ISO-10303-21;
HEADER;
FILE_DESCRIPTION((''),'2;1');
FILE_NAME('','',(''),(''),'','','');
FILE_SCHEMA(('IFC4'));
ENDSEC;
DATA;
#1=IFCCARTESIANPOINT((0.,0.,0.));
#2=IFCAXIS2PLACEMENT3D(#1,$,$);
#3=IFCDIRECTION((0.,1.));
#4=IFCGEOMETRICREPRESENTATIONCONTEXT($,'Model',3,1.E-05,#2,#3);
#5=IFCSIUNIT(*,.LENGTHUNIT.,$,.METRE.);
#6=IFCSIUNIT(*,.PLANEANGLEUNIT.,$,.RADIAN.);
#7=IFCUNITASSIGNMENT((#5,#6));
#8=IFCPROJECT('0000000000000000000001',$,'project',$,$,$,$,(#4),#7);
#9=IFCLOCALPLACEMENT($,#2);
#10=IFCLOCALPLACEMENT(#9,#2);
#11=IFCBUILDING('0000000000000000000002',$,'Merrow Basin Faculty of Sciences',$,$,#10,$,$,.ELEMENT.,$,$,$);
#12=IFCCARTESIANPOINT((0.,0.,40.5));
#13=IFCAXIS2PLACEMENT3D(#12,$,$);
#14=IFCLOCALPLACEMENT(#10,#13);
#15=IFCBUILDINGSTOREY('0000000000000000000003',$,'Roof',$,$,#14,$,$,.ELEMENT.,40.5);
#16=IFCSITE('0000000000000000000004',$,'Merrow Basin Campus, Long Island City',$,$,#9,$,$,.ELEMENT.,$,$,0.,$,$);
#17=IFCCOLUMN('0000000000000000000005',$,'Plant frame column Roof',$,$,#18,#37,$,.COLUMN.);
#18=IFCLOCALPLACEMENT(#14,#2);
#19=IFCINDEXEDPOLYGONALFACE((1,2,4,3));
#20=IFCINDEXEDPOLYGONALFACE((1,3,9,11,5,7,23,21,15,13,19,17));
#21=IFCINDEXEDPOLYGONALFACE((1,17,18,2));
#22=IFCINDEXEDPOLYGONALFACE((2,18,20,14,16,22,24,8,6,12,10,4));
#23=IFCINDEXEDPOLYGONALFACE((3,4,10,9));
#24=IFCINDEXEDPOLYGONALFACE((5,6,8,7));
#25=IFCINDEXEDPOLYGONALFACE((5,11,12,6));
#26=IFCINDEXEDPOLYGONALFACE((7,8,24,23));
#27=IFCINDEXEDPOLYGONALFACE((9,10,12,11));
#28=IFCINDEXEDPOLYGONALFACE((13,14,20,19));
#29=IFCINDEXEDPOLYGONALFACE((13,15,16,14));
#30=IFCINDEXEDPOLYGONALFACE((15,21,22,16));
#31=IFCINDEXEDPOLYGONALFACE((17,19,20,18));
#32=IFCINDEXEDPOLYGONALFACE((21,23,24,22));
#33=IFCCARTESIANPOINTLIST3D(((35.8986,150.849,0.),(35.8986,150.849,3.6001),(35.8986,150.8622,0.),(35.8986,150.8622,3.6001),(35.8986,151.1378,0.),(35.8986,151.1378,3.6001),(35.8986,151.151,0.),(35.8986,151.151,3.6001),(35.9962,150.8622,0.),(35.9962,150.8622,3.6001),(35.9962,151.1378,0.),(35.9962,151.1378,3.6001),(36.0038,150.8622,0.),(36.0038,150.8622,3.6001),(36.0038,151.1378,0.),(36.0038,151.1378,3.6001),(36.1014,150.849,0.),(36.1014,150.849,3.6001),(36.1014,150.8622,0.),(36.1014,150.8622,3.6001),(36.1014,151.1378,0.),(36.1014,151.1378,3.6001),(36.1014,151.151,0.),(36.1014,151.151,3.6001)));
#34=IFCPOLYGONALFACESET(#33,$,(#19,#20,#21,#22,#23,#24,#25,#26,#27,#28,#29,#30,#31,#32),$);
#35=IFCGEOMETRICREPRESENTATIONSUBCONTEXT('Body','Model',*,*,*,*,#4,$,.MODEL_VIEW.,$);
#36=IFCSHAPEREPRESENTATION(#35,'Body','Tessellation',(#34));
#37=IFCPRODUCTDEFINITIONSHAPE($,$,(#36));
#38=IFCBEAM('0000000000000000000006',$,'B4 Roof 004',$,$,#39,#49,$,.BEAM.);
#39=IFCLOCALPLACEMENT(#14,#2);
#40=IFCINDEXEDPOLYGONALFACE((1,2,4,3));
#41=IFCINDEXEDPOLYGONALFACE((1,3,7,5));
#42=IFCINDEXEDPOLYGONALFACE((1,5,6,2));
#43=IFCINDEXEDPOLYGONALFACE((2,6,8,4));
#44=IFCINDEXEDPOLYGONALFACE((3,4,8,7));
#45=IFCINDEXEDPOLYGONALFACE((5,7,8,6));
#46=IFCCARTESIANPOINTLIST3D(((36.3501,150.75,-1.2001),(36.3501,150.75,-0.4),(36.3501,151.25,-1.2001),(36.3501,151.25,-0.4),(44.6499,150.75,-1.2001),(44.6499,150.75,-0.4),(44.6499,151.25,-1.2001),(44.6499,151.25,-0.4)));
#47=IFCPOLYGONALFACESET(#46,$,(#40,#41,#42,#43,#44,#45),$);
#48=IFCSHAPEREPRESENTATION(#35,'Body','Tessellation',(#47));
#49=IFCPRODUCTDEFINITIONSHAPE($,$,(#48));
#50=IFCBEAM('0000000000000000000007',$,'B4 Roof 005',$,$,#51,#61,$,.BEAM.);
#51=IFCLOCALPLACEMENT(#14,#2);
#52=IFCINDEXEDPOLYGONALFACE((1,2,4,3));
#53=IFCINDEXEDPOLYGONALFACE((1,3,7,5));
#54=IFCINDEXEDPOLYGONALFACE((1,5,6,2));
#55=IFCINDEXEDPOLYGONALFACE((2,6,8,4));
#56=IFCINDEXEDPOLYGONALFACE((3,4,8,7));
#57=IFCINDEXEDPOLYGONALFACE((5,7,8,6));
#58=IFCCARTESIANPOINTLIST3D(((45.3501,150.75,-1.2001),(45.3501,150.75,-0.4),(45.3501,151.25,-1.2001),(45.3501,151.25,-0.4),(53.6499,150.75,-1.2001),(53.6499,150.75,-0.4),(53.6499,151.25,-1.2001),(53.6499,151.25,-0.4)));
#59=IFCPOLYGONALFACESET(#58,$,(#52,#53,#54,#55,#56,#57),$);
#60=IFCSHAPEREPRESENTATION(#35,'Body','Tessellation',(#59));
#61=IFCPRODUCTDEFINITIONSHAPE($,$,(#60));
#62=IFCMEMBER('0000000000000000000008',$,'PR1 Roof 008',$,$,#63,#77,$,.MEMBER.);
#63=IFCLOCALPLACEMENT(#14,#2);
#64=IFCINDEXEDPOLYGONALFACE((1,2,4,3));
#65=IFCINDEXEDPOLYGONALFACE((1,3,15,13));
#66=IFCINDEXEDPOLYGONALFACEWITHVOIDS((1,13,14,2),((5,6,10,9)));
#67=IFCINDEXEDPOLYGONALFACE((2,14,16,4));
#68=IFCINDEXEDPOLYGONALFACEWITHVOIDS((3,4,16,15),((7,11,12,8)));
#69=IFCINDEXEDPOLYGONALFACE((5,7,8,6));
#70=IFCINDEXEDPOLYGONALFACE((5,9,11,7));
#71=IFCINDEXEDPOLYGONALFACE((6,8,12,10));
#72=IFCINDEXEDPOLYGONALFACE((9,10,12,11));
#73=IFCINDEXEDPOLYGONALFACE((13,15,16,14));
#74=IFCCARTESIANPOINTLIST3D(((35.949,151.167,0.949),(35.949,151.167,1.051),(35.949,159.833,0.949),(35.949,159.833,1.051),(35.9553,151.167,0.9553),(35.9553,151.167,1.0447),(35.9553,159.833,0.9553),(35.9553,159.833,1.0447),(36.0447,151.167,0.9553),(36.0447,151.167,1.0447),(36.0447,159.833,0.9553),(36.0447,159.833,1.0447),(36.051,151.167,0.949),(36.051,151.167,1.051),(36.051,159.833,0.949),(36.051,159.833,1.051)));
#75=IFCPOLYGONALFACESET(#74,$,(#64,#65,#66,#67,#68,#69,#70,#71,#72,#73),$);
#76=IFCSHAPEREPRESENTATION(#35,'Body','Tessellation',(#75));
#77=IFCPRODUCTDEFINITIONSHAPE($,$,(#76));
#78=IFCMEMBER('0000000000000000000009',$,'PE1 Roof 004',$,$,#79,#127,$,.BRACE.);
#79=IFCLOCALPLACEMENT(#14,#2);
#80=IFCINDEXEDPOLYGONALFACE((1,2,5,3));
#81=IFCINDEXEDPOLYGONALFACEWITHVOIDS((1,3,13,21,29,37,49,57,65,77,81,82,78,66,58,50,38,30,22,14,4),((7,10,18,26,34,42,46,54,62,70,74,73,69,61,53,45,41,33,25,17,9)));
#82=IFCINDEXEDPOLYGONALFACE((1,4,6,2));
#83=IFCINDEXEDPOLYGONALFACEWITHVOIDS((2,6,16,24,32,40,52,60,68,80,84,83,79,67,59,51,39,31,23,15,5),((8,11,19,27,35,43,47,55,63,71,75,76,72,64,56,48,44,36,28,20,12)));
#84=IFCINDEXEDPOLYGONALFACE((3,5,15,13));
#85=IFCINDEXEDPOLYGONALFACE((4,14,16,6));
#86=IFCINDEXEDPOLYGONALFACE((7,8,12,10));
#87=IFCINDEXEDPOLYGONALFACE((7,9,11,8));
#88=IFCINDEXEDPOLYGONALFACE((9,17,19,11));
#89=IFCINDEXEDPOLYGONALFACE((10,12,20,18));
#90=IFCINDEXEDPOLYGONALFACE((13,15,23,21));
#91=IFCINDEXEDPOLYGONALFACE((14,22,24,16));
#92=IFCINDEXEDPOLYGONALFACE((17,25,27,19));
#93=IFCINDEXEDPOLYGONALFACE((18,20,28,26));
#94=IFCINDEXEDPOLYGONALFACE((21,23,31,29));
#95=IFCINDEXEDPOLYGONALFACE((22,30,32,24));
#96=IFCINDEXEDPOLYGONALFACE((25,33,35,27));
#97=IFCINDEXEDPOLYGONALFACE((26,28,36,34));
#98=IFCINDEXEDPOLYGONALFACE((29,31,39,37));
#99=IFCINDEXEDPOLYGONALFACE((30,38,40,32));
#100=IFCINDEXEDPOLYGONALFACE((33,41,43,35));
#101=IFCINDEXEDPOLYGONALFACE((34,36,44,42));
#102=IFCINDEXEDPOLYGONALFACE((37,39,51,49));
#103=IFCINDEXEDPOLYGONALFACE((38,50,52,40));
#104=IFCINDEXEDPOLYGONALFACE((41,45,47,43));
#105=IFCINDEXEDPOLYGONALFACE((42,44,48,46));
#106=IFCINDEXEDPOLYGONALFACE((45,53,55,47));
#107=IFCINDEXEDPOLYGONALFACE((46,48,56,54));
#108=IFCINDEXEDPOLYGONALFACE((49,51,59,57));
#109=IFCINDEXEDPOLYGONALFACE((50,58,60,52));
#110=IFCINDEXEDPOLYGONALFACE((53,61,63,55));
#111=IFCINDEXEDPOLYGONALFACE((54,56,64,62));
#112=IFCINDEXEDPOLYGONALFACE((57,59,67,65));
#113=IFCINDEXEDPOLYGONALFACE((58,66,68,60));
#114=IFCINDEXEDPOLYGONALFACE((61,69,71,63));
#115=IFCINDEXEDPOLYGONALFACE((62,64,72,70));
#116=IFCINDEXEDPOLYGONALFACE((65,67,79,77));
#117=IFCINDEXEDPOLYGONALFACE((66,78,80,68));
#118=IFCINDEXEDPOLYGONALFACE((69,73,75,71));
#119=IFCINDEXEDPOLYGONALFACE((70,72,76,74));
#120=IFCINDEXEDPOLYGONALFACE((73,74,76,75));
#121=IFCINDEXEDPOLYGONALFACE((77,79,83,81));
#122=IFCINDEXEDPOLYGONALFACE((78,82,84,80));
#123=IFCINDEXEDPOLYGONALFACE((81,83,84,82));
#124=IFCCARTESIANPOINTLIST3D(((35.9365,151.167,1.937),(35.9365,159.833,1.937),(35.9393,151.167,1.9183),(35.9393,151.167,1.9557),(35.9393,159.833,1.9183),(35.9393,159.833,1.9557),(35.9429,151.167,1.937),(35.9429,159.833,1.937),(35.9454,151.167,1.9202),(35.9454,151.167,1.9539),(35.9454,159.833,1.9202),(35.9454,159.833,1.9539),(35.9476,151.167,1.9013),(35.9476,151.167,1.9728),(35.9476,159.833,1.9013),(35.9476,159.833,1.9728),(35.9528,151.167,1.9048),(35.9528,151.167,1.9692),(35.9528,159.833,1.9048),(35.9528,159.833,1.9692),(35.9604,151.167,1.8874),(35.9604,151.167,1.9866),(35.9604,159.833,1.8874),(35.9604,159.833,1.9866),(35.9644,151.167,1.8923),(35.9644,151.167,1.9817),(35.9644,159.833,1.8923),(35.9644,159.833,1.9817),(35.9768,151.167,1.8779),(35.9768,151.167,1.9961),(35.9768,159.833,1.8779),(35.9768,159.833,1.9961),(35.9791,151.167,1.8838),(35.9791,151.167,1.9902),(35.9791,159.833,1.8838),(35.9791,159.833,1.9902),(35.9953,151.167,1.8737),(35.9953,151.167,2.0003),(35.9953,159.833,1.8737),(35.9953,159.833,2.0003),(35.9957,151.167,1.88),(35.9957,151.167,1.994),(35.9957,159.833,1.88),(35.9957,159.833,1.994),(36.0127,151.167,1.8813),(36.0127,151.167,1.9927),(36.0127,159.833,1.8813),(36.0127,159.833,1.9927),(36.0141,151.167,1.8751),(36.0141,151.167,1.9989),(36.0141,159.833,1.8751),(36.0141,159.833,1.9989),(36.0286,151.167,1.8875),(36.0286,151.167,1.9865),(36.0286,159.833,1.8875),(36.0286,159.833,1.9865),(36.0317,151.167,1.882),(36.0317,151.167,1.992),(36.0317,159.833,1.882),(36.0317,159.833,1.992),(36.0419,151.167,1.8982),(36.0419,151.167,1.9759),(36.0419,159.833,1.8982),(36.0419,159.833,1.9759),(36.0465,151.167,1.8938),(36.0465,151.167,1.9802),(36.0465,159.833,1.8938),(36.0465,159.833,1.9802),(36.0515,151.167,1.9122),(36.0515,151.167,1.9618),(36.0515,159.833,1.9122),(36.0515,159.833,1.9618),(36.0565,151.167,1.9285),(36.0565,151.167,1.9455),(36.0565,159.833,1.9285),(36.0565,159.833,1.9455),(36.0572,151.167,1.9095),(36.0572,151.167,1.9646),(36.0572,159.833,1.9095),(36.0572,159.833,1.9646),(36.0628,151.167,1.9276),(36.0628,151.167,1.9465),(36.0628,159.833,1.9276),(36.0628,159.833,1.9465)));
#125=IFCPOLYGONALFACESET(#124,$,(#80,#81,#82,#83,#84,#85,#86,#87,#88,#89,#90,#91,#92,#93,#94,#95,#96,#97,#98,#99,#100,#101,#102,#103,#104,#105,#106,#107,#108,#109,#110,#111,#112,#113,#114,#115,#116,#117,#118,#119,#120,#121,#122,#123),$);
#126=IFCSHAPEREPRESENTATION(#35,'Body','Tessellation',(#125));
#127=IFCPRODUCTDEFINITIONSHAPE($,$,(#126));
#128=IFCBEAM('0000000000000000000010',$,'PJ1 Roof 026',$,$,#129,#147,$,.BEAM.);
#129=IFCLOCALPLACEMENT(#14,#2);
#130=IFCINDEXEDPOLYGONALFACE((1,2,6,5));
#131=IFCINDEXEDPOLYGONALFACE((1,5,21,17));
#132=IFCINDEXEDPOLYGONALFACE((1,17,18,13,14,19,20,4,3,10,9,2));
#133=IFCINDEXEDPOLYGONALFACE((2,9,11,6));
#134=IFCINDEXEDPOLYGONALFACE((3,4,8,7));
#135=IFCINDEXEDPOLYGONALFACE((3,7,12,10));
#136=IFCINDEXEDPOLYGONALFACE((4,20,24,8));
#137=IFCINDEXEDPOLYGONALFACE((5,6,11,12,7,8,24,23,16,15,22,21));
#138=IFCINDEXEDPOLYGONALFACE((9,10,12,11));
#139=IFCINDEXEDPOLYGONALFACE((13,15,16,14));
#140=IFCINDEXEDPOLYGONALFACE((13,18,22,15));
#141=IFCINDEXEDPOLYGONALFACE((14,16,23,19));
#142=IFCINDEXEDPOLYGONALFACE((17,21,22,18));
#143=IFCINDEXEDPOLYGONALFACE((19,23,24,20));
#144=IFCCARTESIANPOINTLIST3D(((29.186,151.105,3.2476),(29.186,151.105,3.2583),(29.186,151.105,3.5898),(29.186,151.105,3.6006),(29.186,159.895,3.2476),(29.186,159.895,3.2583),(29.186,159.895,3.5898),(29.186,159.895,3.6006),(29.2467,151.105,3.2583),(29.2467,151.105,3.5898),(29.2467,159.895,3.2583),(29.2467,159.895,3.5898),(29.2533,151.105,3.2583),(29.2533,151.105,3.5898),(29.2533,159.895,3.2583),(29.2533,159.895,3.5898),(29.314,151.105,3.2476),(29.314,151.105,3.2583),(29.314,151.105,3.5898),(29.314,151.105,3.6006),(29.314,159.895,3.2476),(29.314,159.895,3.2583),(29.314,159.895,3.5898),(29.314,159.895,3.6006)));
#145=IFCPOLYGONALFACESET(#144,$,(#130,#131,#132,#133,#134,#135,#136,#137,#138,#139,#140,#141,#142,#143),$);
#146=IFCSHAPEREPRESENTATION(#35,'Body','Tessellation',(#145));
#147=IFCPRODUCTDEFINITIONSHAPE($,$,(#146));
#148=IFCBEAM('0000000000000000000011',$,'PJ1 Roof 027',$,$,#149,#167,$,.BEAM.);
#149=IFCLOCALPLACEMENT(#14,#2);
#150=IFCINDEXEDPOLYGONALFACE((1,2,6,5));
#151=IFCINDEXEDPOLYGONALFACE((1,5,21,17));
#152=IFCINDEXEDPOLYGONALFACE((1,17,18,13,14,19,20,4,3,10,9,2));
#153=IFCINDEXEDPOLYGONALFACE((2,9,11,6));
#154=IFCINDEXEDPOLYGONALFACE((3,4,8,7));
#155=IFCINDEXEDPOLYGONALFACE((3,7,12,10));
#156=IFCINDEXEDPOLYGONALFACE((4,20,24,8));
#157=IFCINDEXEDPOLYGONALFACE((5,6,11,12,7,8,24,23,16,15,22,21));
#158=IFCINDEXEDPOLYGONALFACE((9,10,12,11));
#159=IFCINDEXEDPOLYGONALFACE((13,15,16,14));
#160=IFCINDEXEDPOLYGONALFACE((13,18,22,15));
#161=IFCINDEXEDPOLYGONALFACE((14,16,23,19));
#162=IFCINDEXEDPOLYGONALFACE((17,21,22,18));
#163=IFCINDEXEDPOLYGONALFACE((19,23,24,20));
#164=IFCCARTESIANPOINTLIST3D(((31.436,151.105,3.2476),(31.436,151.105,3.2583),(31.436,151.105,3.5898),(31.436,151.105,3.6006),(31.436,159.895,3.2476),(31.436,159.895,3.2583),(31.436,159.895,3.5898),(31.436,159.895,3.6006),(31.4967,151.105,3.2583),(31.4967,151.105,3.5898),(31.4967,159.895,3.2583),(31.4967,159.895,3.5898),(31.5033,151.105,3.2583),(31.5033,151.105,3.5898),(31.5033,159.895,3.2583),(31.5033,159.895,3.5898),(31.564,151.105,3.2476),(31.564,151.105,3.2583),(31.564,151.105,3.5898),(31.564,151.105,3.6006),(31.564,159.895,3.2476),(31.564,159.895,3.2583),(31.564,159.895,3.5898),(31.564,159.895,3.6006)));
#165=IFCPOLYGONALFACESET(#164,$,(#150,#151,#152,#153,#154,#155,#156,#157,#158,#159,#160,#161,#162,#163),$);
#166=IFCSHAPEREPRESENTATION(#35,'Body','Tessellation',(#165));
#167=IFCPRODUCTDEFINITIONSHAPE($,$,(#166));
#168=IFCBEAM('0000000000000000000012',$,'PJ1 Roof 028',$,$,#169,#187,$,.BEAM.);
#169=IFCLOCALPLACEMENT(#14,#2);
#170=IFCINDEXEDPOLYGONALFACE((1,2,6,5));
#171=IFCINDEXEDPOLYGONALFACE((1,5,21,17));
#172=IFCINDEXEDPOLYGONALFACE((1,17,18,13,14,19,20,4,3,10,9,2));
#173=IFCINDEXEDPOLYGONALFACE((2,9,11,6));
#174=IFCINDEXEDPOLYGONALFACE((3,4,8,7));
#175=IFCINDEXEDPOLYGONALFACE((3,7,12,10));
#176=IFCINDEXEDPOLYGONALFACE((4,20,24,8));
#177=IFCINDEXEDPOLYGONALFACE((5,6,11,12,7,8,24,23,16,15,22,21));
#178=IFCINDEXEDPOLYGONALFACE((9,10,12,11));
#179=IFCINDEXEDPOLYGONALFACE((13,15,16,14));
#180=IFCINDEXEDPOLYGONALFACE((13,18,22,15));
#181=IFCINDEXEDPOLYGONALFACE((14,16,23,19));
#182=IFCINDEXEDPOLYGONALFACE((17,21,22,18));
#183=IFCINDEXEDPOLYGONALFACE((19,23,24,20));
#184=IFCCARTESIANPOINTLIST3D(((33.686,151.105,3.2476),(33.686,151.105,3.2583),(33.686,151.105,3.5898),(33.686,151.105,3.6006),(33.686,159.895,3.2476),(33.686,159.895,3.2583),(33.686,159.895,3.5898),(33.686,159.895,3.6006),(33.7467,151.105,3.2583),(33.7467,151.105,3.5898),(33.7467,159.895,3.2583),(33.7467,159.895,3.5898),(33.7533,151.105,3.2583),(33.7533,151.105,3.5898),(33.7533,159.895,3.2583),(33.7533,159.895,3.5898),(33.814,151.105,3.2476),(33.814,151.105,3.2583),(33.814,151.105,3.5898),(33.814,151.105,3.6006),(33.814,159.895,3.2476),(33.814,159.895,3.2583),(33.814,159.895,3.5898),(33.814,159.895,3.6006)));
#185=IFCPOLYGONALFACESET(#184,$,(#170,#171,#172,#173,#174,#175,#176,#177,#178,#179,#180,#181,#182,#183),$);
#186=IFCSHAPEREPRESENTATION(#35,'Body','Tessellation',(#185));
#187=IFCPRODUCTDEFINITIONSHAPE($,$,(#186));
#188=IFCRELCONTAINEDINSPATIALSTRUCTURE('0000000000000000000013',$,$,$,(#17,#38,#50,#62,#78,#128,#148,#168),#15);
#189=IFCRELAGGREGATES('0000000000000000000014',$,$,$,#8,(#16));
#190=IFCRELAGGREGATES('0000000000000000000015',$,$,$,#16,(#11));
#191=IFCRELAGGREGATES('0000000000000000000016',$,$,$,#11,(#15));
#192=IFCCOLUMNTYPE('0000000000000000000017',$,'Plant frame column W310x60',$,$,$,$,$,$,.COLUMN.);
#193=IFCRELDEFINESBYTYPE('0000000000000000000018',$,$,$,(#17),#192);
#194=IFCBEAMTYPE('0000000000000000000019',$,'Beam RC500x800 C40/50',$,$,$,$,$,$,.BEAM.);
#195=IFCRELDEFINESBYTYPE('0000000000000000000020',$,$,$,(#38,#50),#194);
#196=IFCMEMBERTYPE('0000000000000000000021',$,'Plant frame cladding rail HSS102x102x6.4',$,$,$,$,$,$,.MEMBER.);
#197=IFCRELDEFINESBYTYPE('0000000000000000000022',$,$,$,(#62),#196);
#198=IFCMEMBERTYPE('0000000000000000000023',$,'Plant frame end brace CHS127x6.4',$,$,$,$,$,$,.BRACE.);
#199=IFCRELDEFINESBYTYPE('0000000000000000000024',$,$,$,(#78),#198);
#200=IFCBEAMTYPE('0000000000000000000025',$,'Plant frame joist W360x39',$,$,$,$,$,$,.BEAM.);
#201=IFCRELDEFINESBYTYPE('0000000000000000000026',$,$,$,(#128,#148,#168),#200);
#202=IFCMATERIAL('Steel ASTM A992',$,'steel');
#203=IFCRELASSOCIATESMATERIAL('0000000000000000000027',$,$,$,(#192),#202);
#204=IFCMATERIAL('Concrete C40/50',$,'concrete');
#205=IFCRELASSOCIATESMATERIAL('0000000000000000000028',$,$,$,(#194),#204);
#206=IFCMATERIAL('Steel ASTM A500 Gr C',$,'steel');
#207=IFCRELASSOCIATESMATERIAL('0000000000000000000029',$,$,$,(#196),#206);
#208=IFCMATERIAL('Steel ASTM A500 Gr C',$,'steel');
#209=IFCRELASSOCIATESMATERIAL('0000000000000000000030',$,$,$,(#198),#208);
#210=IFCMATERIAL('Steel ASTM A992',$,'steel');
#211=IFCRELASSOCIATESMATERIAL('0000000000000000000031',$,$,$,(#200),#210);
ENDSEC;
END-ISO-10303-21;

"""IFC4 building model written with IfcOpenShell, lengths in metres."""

from ifc_helpers import new_model, si_unit, direction, frame, origin, origin_2d, place, context, subcontext, project, spatial, rectangle, hollow_rectangle, hollow_circle, i_section, extrude, material, material_profile, profile_set, type_object, element, save


model = new_model("IFC4")

# Units and contexts
model_context = context("Model", 3, precision=1e-05, world=origin(), true_north=direction((0.0, 1.0)))
body_context = subcontext(model_context, "Body", "Model", "MODEL_VIEW")
ifc_project = project(units=[si_unit("LENGTHUNIT", "METRE"), si_unit("PLANEANGLEUNIT", "RADIAN")], contexts=[model_context])

# Site, building, storey
site_placement = place(None, origin())
site = spatial("IfcSite", under=ifc_project, at=site_placement, Name="Merrow Basin Campus, Long Island City", CompositionType="ELEMENT", RefElevation=0.0)
building_placement = place(site_placement, origin())
building = spatial("IfcBuilding", under=site, at=building_placement, Name="Merrow Basin Faculty of Sciences", CompositionType="ELEMENT")
storey_placement = place(building_placement, frame((0.0, 0.0, 40.5)))
storey = spatial("IfcBuildingStorey", under=building, at=storey_placement, Name="Roof", CompositionType="ELEMENT", Elevation=40.5)

# Column
ifc_material_1 = material(Name="Steel ASTM A992", Category="steel")
ifc_material_profile_1 = material_profile(ifc_material_1, i_section(OverallWidth=0.2029, OverallDepth=0.302, WebThickness=0.0076, FlangeThickness=0.0132, at=origin_2d()))
ifc_profile_set_1 = profile_set([ifc_material_profile_1], Name="Steel ASTM A992")
column_type = type_object("IfcColumnType", Name="Plant frame column W310x60", PredefinedType="COLUMN", material=ifc_profile_set_1)
column_placement = place(storey_placement, frame((36.0, 151.0, 0.0), z_axis=(0.0, 0.0, 1.0), x_axis=(1.0, 0.0, 0.0)))
element("IfcColumn", 1, at=column_placement, inside=storey, type_object=column_type, Name="Plant frame column Roof", PredefinedType="COLUMN", context=body_context, shape_type="SweptSolid", body=[
    extrude(i_section(OverallWidth=0.2029, OverallDepth=0.302, WebThickness=0.0076, FlangeThickness=0.0132, at=origin_2d()), origin(), (0.0, 0.0, 1.0), 3.6001),
])

# Beams
ifc_material_2 = material(Name="Concrete C40/50", Category="concrete")
ifc_material_profile_2 = material_profile(ifc_material_2, rectangle(XDim=0.5, YDim=0.8, at=origin_2d()))
ifc_profile_set_2 = profile_set([ifc_material_profile_2], Name="Concrete C40/50")
beam_type_1 = type_object("IfcBeamType", Name="Beam RC500x800 C40/50", PredefinedType="BEAM", material=ifc_profile_set_2)
for number, where, z_axis, x_axis, name in (
    (2, (36.3501, 151.0, -0.8), (1.0, 0.0, 0.0), (0.0, 1.0, 0.0), "B4 Roof 004"),
    (3, (45.3501, 151.0, -0.8), (1.0, 0.0, 0.0), (0.0, 1.0, 0.0), "B4 Roof 005"),
):
    element("IfcBeam", number, at=place(storey_placement, frame(where, z_axis=z_axis, x_axis=x_axis)), inside=storey, type_object=beam_type_1, Name=name, PredefinedType="BEAM", context=body_context, shape_type="SweptSolid", body=[
        extrude(rectangle(XDim=0.5, YDim=0.8, at=origin_2d()), origin(), (0.0, 0.0, 1.0), 8.2998),
    ])

# Members
ifc_material_3 = material(Name="Steel ASTM A500 Gr C", Category="steel")
ifc_material_profile_3 = material_profile(ifc_material_3, hollow_rectangle(XDim=0.1021, YDim=0.1021, WallThickness=0.0063, at=origin_2d()))
ifc_profile_set_3 = profile_set([ifc_material_profile_3], Name="Steel ASTM A500 Gr C")
member_type_1 = type_object("IfcMemberType", Name="Plant frame cladding rail HSS102x102x6.4", PredefinedType="MEMBER", material=ifc_profile_set_3)
member_1_placement = place(storey_placement, frame((36.0, 151.167, 1.0), z_axis=(0.0, 1.0, 0.0), x_axis=(-1.0, 0.0, 0.0)))
element("IfcMember", 4, at=member_1_placement, inside=storey, type_object=member_type_1, Name="PR1 Roof 008", PredefinedType="MEMBER", context=body_context, shape_type="SweptSolid", body=[
    extrude(hollow_rectangle(XDim=0.1021, YDim=0.1021, WallThickness=0.0063, at=origin_2d()), origin(), (0.0, 0.0, 1.0), 8.666),
])
ifc_material_4 = material(Name="Steel ASTM A500 Gr C", Category="steel")
ifc_material_profile_4 = material_profile(ifc_material_4, hollow_circle(Radius=0.0635, WallThickness=0.0063, at=origin_2d()))
ifc_profile_set_4 = profile_set([ifc_material_profile_4], Name="Steel ASTM A500 Gr C")
member_type_2 = type_object("IfcMemberType", Name="Plant frame end brace CHS127x6.4", PredefinedType="BRACE", material=ifc_profile_set_4)
member_2_placement = place(storey_placement, frame((36.0, 151.167, 1.937), z_axis=(0.0, 1.0, 0.0), x_axis=(-1.0, 0.0, 0.0)))
element("IfcMember", 5, at=member_2_placement, inside=storey, type_object=member_type_2, Name="PE1 Roof 004", PredefinedType="BRACE", context=body_context, shape_type="SweptSolid", body=[
    extrude(hollow_circle(Radius=0.0635, WallThickness=0.0063, at=origin_2d()), origin(), (0.0, 0.0, 1.0), 8.666),
])

# Beams
ifc_material_5 = material(Name="Steel ASTM A992", Category="steel")
ifc_material_profile_5 = material_profile(ifc_material_5, i_section(OverallWidth=0.1279, OverallDepth=0.353, WebThickness=0.0066, FlangeThickness=0.0107, at=origin_2d()))
ifc_profile_set_5 = profile_set([ifc_material_profile_5], Name="Steel ASTM A992")
beam_type_2 = type_object("IfcBeamType", Name="Plant frame joist W360x39", PredefinedType="BEAM", material=ifc_profile_set_5)
for number, where, z_axis, x_axis, name in (
    (6, (29.25, 151.105, 3.4241), (0.0, 1.0, 0.0), (-1.0, 0.0, 0.0), "PJ1 Roof 026"),
    (7, (31.5, 151.105, 3.4241), (0.0, 1.0, 0.0), (-1.0, 0.0, 0.0), "PJ1 Roof 027"),
    (8, (33.75, 151.105, 3.4241), (0.0, 1.0, 0.0), (-1.0, 0.0, 0.0), "PJ1 Roof 028"),
):
    element("IfcBeam", number, at=place(storey_placement, frame(where, z_axis=z_axis, x_axis=x_axis)), inside=storey, type_object=beam_type_2, Name=name, PredefinedType="BEAM", context=body_context, shape_type="SweptSolid", body=[
        extrude(i_section(OverallWidth=0.1279, OverallDepth=0.353, WebThickness=0.0066, FlangeThickness=0.0107, at=origin_2d()), origin(), (0.0, 0.0, 1.0), 8.79),
    ])

save(model, "model.ifc")
